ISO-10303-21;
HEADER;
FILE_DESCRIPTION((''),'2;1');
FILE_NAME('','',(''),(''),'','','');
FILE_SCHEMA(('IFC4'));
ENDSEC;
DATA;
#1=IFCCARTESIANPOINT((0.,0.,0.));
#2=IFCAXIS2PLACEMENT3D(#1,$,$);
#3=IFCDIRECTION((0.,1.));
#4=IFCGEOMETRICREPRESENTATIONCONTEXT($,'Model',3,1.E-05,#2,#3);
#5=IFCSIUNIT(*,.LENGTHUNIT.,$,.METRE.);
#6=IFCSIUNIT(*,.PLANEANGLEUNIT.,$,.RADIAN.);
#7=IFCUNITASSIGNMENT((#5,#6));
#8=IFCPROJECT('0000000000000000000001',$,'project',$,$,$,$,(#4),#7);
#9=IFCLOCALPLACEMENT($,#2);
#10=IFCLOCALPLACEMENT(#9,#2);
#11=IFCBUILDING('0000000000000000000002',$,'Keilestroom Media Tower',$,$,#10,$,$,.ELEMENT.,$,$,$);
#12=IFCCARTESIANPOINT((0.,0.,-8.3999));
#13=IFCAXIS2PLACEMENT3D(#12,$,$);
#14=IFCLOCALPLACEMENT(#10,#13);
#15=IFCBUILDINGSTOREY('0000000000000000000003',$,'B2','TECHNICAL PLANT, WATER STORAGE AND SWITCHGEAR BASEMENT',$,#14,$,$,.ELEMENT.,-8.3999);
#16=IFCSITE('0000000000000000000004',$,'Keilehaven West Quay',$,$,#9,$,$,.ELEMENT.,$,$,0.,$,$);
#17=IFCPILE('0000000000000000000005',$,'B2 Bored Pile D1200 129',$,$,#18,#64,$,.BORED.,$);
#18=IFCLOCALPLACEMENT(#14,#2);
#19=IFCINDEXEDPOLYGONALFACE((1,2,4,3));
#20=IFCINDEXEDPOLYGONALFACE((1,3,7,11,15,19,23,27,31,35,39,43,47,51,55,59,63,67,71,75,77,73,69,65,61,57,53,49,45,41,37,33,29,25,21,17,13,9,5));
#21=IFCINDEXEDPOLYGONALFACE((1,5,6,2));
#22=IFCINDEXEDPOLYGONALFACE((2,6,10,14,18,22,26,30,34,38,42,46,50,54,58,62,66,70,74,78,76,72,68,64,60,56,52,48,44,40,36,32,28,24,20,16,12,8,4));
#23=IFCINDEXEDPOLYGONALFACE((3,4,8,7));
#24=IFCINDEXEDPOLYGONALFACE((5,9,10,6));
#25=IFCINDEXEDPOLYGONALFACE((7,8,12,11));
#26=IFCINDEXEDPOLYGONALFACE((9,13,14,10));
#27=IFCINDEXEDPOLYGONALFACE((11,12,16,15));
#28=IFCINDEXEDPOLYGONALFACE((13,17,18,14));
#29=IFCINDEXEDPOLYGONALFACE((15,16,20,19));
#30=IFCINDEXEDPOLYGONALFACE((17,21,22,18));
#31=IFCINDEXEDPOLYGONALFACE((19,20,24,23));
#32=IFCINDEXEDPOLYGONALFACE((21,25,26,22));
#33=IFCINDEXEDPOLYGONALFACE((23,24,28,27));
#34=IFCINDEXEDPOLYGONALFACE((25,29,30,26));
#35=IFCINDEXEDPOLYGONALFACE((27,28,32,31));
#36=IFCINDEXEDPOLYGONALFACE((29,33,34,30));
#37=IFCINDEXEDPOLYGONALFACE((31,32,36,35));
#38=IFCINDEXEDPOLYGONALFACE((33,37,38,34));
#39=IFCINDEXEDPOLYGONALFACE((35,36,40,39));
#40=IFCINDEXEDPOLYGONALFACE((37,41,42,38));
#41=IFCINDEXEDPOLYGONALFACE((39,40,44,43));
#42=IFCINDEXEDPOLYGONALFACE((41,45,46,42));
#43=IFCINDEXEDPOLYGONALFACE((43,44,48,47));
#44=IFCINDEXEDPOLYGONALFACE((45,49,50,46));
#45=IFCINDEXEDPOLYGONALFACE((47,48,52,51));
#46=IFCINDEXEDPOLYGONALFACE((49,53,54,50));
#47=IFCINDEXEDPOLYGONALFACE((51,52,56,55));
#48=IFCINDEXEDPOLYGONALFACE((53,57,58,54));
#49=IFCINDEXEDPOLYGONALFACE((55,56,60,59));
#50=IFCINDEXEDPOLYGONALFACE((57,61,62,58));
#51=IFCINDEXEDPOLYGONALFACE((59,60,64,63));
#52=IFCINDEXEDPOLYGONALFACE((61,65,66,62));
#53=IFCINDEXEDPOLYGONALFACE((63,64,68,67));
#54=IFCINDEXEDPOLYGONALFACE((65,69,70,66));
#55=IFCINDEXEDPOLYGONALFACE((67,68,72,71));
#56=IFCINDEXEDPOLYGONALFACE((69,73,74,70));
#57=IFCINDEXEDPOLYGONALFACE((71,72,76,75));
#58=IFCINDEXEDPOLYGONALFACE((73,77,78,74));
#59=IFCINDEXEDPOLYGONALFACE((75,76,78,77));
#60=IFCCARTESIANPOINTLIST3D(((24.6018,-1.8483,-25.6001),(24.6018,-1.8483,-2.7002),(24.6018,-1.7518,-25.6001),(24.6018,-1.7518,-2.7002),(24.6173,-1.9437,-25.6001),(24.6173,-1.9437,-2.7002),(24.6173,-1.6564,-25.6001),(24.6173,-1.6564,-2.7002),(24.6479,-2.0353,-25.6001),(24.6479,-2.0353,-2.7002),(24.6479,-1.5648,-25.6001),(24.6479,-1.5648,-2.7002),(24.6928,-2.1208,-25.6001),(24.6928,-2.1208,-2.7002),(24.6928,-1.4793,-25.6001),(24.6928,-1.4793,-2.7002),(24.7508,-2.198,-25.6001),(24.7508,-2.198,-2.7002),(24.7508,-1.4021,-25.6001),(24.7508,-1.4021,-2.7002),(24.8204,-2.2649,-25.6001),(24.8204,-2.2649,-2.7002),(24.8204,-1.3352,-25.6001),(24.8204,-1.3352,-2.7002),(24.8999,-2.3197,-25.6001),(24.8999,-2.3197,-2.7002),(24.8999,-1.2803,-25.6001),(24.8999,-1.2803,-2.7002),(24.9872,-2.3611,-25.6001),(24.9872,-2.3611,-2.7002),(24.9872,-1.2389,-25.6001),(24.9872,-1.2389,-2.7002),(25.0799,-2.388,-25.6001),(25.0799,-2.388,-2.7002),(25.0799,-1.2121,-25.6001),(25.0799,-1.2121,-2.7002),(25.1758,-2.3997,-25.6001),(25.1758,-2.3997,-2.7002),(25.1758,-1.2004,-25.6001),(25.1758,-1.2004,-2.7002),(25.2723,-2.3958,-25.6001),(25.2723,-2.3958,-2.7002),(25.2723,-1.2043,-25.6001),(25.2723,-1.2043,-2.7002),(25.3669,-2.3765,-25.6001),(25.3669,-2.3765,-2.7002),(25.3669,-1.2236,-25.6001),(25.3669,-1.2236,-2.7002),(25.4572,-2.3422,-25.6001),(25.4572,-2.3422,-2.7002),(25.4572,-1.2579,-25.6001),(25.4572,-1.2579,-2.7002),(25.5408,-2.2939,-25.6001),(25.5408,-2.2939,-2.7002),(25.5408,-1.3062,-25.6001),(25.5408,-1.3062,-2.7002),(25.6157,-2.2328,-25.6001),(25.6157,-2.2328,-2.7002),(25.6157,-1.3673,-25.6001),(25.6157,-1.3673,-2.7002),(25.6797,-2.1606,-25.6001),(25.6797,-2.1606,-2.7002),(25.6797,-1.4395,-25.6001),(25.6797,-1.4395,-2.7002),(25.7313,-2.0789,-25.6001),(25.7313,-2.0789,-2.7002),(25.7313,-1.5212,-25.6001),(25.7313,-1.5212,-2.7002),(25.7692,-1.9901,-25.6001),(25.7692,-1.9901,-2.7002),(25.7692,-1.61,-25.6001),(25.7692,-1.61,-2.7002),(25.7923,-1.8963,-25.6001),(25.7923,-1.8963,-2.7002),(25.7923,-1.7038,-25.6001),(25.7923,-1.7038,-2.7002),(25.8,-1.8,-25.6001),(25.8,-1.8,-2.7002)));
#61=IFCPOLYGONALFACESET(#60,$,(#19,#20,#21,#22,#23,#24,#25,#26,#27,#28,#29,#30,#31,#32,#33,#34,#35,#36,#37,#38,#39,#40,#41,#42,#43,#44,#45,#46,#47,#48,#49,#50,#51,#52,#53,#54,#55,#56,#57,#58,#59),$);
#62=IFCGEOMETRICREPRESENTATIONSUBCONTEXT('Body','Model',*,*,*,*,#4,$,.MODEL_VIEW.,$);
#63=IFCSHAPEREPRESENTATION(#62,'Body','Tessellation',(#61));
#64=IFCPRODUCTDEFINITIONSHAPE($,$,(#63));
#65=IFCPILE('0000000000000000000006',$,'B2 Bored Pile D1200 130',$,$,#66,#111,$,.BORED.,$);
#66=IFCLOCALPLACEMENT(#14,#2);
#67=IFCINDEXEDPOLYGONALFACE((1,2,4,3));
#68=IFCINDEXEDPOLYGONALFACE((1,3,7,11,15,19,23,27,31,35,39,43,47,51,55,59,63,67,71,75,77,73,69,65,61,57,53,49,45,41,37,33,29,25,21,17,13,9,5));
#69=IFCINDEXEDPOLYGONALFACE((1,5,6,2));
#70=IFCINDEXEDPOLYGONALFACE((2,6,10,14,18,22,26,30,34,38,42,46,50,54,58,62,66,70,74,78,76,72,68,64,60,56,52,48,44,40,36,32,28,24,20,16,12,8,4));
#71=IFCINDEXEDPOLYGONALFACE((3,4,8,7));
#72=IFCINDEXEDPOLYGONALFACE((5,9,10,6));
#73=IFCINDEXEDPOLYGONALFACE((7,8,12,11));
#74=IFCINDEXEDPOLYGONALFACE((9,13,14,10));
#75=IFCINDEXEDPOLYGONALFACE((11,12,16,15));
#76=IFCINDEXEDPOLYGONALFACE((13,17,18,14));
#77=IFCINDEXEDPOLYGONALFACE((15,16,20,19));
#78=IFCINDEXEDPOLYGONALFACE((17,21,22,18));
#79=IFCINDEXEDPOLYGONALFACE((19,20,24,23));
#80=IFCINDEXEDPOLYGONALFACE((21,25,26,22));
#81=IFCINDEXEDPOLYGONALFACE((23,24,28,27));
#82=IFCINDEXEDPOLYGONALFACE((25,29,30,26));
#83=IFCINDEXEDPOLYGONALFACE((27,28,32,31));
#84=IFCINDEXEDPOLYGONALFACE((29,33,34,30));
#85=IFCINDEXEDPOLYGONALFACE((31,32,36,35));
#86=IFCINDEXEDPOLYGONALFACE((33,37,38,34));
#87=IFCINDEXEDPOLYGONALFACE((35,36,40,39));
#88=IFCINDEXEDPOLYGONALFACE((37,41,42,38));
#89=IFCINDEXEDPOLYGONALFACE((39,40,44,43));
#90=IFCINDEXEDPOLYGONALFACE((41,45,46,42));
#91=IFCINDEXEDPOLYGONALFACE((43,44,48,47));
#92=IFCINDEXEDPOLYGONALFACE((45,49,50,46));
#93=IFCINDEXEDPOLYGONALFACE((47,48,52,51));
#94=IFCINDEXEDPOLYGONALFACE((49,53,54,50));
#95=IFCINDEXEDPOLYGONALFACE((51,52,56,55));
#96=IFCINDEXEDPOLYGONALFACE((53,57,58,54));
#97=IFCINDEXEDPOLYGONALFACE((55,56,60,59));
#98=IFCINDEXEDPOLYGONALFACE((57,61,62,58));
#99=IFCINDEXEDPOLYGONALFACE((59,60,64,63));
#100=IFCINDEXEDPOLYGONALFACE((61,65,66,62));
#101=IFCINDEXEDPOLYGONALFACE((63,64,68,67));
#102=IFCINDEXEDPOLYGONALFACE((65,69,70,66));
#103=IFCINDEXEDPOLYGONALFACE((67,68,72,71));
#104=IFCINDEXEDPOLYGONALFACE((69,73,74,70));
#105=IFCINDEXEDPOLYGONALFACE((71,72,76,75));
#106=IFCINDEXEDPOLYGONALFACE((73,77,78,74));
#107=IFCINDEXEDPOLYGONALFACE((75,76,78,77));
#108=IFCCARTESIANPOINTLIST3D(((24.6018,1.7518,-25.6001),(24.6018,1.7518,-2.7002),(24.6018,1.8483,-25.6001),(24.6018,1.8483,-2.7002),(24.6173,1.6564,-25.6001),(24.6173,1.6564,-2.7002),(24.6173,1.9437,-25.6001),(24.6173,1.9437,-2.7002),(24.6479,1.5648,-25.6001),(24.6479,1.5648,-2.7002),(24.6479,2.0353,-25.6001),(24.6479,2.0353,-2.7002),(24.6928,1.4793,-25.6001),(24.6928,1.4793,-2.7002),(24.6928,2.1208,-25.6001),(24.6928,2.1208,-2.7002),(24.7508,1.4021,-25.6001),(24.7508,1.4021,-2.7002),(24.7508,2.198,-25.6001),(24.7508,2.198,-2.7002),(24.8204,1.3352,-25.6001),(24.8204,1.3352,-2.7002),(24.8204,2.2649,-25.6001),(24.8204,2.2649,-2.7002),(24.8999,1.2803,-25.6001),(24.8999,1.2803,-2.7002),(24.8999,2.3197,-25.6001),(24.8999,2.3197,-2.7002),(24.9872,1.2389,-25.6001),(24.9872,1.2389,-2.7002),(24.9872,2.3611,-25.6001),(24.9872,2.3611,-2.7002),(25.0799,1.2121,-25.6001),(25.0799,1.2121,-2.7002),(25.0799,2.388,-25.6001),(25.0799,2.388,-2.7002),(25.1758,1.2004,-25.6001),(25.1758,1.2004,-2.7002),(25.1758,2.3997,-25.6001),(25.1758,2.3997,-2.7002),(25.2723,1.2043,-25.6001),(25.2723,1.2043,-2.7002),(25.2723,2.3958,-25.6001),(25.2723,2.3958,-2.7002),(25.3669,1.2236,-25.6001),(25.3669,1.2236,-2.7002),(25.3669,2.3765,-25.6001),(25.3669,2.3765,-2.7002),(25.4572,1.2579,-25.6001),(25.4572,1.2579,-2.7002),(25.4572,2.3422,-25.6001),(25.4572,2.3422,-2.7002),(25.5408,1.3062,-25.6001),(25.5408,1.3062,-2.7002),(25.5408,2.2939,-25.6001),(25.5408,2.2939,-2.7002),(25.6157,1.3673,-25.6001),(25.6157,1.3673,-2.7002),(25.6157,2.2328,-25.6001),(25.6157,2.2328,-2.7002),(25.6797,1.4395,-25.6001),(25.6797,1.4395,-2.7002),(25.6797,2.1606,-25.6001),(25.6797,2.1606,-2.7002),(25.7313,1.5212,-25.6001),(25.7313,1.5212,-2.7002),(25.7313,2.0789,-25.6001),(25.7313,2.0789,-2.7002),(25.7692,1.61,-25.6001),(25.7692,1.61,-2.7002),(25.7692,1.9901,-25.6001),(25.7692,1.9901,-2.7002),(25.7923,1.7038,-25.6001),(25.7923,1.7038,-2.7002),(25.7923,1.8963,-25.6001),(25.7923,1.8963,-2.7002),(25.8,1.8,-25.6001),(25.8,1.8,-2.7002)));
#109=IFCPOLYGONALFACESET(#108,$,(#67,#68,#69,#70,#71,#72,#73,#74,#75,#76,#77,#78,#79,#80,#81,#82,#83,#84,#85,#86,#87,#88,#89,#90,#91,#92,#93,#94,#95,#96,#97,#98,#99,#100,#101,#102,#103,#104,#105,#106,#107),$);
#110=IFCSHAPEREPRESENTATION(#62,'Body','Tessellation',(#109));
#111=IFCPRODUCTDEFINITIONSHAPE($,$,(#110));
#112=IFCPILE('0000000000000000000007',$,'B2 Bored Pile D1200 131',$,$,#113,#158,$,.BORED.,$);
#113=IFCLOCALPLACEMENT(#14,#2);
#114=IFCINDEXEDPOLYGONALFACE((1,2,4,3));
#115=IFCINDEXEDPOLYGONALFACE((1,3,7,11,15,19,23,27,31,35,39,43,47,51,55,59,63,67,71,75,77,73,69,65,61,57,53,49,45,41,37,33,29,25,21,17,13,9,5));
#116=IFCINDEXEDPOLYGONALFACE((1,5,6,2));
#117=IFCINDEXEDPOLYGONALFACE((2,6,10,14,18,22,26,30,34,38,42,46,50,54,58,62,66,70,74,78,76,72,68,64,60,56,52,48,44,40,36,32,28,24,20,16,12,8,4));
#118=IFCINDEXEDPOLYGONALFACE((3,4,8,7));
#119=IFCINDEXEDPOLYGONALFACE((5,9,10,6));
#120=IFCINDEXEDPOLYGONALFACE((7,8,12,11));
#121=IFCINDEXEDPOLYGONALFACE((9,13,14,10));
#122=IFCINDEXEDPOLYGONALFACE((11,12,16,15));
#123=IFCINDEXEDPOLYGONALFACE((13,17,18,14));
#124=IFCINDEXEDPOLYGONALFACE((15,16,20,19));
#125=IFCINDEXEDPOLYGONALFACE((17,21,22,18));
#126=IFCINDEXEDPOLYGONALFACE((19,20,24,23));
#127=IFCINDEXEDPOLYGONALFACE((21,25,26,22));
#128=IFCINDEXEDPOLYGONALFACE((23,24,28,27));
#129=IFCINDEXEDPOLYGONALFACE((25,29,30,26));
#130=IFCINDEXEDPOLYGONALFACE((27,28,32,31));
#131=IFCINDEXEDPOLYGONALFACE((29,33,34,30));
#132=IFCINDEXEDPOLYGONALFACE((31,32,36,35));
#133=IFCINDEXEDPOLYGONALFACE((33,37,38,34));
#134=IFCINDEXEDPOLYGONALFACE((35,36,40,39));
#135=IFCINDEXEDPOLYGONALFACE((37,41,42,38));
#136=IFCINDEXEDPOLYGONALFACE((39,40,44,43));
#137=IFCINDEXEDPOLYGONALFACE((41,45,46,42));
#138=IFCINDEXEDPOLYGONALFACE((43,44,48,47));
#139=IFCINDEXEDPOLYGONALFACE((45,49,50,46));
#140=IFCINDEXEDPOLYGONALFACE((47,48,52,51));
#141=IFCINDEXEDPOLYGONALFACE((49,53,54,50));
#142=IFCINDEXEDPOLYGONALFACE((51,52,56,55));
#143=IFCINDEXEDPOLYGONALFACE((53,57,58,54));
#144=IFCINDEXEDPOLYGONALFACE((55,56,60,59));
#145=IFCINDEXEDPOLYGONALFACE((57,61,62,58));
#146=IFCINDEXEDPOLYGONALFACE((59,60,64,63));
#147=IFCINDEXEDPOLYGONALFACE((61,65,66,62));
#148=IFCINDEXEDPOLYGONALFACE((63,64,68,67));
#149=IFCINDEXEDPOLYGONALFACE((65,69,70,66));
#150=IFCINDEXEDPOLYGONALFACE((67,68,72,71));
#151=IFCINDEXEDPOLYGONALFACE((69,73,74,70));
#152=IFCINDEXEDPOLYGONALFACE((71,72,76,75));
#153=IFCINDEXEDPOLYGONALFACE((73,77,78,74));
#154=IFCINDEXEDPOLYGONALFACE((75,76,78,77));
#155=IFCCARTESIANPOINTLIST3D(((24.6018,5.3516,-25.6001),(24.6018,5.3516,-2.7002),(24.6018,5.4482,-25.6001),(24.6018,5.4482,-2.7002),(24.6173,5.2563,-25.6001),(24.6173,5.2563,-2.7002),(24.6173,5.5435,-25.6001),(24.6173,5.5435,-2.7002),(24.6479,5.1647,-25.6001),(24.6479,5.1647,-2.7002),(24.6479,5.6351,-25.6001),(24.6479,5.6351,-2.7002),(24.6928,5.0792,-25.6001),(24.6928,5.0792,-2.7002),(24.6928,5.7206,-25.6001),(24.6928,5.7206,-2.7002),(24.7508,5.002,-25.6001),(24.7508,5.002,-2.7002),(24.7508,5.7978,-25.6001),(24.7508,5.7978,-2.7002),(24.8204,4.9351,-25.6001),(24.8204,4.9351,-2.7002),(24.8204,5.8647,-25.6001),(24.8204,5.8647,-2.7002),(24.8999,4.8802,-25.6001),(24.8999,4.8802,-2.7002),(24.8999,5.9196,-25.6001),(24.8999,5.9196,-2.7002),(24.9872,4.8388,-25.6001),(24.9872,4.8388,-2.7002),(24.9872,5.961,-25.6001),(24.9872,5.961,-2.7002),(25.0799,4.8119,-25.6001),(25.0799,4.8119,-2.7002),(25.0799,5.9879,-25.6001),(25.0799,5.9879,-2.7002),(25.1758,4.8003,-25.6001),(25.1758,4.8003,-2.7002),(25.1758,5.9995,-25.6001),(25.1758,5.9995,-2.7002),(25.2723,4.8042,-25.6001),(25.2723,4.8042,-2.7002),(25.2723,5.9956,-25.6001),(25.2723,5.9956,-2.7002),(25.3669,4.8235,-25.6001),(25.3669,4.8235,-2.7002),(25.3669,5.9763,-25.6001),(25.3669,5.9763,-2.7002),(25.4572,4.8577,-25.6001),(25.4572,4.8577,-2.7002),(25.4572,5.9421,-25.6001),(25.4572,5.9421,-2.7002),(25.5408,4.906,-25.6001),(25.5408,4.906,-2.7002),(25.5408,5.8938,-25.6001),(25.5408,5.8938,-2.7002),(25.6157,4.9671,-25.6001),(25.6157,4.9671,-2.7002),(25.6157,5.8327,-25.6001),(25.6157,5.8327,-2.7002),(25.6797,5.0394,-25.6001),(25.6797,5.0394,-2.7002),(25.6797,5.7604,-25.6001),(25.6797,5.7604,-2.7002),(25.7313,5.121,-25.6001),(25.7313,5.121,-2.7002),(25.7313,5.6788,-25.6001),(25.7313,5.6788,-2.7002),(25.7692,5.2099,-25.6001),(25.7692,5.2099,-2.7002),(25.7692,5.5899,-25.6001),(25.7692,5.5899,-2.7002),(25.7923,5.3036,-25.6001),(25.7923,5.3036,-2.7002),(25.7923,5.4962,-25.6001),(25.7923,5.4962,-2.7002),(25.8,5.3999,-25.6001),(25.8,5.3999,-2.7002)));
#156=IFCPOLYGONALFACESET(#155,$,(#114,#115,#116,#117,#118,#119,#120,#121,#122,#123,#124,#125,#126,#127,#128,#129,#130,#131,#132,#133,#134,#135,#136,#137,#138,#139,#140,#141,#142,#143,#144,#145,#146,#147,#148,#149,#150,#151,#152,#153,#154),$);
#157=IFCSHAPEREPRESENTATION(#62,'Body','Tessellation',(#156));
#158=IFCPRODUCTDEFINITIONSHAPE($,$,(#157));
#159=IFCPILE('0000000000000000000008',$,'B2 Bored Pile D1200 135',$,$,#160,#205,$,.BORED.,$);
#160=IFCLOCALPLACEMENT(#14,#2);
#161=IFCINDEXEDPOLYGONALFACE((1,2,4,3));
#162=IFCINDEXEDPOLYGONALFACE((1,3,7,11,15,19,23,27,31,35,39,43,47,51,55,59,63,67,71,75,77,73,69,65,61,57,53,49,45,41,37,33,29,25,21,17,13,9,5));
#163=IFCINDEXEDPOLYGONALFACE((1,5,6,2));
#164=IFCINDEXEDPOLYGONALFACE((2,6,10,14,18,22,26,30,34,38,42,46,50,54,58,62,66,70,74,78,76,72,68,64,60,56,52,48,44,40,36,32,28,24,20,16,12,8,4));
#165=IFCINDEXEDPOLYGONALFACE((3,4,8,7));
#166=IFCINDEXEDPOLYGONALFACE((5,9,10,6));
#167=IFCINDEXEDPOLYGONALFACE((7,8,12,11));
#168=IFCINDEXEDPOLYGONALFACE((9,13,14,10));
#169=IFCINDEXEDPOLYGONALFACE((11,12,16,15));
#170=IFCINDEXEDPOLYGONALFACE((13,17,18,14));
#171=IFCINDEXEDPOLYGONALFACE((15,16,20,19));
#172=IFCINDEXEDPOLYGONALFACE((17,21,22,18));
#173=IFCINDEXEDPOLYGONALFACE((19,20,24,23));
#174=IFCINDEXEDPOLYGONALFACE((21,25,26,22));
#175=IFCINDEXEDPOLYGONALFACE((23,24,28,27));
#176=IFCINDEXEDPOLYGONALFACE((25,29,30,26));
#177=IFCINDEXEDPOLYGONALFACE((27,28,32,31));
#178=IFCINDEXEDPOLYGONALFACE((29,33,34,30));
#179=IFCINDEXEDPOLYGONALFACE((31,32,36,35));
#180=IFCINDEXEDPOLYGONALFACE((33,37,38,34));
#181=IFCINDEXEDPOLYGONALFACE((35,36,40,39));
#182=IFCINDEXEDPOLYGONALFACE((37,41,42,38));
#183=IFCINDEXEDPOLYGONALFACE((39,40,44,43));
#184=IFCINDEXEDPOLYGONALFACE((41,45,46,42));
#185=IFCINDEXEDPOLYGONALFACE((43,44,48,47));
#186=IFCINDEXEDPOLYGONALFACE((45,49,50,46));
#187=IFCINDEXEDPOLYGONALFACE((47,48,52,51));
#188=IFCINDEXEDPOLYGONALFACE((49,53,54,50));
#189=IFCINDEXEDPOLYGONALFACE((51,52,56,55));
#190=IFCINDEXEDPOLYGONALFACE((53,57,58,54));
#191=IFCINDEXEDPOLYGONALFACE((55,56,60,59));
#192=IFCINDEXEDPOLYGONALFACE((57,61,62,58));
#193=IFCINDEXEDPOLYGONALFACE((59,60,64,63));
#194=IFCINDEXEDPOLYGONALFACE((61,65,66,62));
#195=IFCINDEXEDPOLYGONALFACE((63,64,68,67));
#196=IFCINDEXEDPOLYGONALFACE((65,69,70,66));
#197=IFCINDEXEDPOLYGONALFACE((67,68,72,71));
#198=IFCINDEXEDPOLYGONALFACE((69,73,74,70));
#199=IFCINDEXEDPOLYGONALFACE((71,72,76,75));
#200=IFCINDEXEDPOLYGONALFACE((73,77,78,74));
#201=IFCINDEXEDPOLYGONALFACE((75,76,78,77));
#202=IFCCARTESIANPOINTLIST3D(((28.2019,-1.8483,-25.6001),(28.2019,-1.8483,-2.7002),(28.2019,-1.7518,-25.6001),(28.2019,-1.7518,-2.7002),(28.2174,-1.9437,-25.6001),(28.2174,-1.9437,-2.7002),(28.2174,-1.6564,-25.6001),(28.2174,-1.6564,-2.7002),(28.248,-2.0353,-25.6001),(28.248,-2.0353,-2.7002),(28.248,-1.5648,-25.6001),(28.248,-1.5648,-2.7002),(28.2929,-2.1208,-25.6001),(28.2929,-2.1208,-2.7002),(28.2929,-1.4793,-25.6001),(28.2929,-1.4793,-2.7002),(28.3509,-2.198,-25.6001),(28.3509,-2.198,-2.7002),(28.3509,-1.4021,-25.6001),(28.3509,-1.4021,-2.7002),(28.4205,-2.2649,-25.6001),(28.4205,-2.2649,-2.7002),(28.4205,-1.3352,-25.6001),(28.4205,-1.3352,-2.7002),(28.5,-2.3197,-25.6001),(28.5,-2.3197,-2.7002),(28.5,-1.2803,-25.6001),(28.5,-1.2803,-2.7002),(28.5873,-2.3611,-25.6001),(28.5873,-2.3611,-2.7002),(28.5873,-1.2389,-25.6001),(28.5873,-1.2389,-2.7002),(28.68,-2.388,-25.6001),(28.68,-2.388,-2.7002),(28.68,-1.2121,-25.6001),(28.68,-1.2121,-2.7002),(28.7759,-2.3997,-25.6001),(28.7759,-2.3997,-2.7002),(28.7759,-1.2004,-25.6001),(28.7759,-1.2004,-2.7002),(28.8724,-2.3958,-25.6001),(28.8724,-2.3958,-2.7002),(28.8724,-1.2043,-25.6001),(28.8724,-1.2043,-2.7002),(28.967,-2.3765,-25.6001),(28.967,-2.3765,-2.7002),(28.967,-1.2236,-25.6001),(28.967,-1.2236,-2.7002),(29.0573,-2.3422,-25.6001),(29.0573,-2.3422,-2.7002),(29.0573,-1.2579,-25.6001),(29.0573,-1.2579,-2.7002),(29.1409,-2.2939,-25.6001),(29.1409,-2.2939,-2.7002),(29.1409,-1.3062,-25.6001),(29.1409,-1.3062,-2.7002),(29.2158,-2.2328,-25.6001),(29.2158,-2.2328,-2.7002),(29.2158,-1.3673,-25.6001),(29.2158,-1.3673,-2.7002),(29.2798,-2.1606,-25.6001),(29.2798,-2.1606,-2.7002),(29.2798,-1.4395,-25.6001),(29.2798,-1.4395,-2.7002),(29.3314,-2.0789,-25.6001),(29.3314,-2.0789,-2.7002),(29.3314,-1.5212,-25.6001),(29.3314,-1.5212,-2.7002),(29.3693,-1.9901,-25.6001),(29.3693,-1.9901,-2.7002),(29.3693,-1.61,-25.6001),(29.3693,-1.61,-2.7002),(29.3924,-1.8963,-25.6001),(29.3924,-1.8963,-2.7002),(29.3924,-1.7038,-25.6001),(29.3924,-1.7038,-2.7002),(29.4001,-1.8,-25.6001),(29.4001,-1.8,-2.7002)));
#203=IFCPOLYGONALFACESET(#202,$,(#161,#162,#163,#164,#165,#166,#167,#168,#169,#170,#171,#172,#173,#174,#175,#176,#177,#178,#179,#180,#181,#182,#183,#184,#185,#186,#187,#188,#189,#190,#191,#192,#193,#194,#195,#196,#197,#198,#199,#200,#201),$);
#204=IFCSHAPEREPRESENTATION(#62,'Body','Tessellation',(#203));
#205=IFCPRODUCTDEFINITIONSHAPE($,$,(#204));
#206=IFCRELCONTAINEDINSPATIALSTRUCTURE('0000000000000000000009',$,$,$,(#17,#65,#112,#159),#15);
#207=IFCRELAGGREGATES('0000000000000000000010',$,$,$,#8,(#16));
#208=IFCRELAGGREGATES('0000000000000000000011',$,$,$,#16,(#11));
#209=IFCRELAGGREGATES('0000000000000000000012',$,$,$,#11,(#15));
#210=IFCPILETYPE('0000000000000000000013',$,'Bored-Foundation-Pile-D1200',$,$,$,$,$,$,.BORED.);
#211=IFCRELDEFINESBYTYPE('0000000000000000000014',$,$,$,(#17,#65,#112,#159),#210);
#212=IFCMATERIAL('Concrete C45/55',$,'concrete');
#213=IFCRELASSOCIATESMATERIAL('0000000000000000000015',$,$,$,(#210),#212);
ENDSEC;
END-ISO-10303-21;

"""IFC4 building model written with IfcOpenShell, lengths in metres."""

from ifc_helpers import new_model, si_unit, direction, frame, origin, origin_2d, place, context, subcontext, project, spatial, circle, extrude, source, transform, mapped, material, material_profile, profile_set, type_object, element, save


model = new_model("IFC4")

# Units and contexts
model_context = context("Model", 3, precision=1e-05, world=origin(), true_north=direction((0.0, 1.0)))
body_context = subcontext(model_context, "Body", "Model", "MODEL_VIEW")
ifc_project = project(units=[si_unit("LENGTHUNIT", "METRE"), si_unit("PLANEANGLEUNIT", "RADIAN")], contexts=[model_context])

# Site, building, storey
site_placement = place(None, origin())
site = spatial("IfcSite", under=ifc_project, at=site_placement, Name="Keilehaven West Quay", CompositionType="ELEMENT", RefElevation=0.0)
building_placement = place(site_placement, origin())
building = spatial("IfcBuilding", under=site, at=building_placement, Name="Keilestroom Media Tower", CompositionType="ELEMENT")
storey_placement = place(building_placement, frame((0.0, 0.0, -8.3999)))
storey = spatial("IfcBuildingStorey", under=building, at=storey_placement, Name="B2", Description="TECHNICAL PLANT, WATER STORAGE AND SWITCHGEAR BASEMENT", CompositionType="ELEMENT", Elevation=-8.3999)

# Piles
ifc_material_1 = material(Name="Concrete C45/55", Category="concrete")
ifc_material_profile_1 = material_profile(ifc_material_1, circle(Radius=0.6001, at=origin_2d()), Name="BORED PILE D1200")
ifc_profile_set_1 = profile_set([ifc_material_profile_1], Name="Concrete C45/55")
pile_type = type_object("IfcPileType", Name="Bored-Foundation-Pile-D1200", PredefinedType="BORED", material=ifc_profile_set_1)
shared_shape_1 = source(origin(), body_context, "Body", "SweptSolid", [
    extrude(circle(Radius=0.6001, at=origin_2d()), origin(), (0.0, 0.0, 1.0), 22.8999),
])
for number, where, z_axis, x_axis, name in (
    (1, (25.2, -1.8, -2.7002), (0.0, 0.0, -1.0), (1.0, 0.0, 0.0), "B2 Bored Pile D1200 129"),
    (2, (25.2, 1.8, -2.7002), (0.0, 0.0, -1.0), (1.0, 0.0, 0.0), "B2 Bored Pile D1200 130"),
    (3, (25.2, 5.3999, -2.7002), (0.0, 0.0, -1.0), (1.0, 0.0, 0.0), "B2 Bored Pile D1200 131"),
    (4, (28.8, -1.8, -2.7002), (0.0, 0.0, -1.0), (1.0, 0.0, 0.0), "B2 Bored Pile D1200 135"),
):
    element("IfcPile", number, at=place(storey_placement, frame(where, z_axis=z_axis, x_axis=x_axis)), inside=storey, type_object=pile_type, Name=name, PredefinedType="BORED", context=body_context, shape_type="MappedRepresentation", body=[
        mapped(shared_shape_1, transform((0.0, 0.0, 0.0), x_axis=(1.0, 0.0, 0.0), y_axis=(0.0, 1.0, 0.0), z_axis=(0.0, 0.0, 1.0), scale=1.0)),
    ])

save(model, "model.ifc")
